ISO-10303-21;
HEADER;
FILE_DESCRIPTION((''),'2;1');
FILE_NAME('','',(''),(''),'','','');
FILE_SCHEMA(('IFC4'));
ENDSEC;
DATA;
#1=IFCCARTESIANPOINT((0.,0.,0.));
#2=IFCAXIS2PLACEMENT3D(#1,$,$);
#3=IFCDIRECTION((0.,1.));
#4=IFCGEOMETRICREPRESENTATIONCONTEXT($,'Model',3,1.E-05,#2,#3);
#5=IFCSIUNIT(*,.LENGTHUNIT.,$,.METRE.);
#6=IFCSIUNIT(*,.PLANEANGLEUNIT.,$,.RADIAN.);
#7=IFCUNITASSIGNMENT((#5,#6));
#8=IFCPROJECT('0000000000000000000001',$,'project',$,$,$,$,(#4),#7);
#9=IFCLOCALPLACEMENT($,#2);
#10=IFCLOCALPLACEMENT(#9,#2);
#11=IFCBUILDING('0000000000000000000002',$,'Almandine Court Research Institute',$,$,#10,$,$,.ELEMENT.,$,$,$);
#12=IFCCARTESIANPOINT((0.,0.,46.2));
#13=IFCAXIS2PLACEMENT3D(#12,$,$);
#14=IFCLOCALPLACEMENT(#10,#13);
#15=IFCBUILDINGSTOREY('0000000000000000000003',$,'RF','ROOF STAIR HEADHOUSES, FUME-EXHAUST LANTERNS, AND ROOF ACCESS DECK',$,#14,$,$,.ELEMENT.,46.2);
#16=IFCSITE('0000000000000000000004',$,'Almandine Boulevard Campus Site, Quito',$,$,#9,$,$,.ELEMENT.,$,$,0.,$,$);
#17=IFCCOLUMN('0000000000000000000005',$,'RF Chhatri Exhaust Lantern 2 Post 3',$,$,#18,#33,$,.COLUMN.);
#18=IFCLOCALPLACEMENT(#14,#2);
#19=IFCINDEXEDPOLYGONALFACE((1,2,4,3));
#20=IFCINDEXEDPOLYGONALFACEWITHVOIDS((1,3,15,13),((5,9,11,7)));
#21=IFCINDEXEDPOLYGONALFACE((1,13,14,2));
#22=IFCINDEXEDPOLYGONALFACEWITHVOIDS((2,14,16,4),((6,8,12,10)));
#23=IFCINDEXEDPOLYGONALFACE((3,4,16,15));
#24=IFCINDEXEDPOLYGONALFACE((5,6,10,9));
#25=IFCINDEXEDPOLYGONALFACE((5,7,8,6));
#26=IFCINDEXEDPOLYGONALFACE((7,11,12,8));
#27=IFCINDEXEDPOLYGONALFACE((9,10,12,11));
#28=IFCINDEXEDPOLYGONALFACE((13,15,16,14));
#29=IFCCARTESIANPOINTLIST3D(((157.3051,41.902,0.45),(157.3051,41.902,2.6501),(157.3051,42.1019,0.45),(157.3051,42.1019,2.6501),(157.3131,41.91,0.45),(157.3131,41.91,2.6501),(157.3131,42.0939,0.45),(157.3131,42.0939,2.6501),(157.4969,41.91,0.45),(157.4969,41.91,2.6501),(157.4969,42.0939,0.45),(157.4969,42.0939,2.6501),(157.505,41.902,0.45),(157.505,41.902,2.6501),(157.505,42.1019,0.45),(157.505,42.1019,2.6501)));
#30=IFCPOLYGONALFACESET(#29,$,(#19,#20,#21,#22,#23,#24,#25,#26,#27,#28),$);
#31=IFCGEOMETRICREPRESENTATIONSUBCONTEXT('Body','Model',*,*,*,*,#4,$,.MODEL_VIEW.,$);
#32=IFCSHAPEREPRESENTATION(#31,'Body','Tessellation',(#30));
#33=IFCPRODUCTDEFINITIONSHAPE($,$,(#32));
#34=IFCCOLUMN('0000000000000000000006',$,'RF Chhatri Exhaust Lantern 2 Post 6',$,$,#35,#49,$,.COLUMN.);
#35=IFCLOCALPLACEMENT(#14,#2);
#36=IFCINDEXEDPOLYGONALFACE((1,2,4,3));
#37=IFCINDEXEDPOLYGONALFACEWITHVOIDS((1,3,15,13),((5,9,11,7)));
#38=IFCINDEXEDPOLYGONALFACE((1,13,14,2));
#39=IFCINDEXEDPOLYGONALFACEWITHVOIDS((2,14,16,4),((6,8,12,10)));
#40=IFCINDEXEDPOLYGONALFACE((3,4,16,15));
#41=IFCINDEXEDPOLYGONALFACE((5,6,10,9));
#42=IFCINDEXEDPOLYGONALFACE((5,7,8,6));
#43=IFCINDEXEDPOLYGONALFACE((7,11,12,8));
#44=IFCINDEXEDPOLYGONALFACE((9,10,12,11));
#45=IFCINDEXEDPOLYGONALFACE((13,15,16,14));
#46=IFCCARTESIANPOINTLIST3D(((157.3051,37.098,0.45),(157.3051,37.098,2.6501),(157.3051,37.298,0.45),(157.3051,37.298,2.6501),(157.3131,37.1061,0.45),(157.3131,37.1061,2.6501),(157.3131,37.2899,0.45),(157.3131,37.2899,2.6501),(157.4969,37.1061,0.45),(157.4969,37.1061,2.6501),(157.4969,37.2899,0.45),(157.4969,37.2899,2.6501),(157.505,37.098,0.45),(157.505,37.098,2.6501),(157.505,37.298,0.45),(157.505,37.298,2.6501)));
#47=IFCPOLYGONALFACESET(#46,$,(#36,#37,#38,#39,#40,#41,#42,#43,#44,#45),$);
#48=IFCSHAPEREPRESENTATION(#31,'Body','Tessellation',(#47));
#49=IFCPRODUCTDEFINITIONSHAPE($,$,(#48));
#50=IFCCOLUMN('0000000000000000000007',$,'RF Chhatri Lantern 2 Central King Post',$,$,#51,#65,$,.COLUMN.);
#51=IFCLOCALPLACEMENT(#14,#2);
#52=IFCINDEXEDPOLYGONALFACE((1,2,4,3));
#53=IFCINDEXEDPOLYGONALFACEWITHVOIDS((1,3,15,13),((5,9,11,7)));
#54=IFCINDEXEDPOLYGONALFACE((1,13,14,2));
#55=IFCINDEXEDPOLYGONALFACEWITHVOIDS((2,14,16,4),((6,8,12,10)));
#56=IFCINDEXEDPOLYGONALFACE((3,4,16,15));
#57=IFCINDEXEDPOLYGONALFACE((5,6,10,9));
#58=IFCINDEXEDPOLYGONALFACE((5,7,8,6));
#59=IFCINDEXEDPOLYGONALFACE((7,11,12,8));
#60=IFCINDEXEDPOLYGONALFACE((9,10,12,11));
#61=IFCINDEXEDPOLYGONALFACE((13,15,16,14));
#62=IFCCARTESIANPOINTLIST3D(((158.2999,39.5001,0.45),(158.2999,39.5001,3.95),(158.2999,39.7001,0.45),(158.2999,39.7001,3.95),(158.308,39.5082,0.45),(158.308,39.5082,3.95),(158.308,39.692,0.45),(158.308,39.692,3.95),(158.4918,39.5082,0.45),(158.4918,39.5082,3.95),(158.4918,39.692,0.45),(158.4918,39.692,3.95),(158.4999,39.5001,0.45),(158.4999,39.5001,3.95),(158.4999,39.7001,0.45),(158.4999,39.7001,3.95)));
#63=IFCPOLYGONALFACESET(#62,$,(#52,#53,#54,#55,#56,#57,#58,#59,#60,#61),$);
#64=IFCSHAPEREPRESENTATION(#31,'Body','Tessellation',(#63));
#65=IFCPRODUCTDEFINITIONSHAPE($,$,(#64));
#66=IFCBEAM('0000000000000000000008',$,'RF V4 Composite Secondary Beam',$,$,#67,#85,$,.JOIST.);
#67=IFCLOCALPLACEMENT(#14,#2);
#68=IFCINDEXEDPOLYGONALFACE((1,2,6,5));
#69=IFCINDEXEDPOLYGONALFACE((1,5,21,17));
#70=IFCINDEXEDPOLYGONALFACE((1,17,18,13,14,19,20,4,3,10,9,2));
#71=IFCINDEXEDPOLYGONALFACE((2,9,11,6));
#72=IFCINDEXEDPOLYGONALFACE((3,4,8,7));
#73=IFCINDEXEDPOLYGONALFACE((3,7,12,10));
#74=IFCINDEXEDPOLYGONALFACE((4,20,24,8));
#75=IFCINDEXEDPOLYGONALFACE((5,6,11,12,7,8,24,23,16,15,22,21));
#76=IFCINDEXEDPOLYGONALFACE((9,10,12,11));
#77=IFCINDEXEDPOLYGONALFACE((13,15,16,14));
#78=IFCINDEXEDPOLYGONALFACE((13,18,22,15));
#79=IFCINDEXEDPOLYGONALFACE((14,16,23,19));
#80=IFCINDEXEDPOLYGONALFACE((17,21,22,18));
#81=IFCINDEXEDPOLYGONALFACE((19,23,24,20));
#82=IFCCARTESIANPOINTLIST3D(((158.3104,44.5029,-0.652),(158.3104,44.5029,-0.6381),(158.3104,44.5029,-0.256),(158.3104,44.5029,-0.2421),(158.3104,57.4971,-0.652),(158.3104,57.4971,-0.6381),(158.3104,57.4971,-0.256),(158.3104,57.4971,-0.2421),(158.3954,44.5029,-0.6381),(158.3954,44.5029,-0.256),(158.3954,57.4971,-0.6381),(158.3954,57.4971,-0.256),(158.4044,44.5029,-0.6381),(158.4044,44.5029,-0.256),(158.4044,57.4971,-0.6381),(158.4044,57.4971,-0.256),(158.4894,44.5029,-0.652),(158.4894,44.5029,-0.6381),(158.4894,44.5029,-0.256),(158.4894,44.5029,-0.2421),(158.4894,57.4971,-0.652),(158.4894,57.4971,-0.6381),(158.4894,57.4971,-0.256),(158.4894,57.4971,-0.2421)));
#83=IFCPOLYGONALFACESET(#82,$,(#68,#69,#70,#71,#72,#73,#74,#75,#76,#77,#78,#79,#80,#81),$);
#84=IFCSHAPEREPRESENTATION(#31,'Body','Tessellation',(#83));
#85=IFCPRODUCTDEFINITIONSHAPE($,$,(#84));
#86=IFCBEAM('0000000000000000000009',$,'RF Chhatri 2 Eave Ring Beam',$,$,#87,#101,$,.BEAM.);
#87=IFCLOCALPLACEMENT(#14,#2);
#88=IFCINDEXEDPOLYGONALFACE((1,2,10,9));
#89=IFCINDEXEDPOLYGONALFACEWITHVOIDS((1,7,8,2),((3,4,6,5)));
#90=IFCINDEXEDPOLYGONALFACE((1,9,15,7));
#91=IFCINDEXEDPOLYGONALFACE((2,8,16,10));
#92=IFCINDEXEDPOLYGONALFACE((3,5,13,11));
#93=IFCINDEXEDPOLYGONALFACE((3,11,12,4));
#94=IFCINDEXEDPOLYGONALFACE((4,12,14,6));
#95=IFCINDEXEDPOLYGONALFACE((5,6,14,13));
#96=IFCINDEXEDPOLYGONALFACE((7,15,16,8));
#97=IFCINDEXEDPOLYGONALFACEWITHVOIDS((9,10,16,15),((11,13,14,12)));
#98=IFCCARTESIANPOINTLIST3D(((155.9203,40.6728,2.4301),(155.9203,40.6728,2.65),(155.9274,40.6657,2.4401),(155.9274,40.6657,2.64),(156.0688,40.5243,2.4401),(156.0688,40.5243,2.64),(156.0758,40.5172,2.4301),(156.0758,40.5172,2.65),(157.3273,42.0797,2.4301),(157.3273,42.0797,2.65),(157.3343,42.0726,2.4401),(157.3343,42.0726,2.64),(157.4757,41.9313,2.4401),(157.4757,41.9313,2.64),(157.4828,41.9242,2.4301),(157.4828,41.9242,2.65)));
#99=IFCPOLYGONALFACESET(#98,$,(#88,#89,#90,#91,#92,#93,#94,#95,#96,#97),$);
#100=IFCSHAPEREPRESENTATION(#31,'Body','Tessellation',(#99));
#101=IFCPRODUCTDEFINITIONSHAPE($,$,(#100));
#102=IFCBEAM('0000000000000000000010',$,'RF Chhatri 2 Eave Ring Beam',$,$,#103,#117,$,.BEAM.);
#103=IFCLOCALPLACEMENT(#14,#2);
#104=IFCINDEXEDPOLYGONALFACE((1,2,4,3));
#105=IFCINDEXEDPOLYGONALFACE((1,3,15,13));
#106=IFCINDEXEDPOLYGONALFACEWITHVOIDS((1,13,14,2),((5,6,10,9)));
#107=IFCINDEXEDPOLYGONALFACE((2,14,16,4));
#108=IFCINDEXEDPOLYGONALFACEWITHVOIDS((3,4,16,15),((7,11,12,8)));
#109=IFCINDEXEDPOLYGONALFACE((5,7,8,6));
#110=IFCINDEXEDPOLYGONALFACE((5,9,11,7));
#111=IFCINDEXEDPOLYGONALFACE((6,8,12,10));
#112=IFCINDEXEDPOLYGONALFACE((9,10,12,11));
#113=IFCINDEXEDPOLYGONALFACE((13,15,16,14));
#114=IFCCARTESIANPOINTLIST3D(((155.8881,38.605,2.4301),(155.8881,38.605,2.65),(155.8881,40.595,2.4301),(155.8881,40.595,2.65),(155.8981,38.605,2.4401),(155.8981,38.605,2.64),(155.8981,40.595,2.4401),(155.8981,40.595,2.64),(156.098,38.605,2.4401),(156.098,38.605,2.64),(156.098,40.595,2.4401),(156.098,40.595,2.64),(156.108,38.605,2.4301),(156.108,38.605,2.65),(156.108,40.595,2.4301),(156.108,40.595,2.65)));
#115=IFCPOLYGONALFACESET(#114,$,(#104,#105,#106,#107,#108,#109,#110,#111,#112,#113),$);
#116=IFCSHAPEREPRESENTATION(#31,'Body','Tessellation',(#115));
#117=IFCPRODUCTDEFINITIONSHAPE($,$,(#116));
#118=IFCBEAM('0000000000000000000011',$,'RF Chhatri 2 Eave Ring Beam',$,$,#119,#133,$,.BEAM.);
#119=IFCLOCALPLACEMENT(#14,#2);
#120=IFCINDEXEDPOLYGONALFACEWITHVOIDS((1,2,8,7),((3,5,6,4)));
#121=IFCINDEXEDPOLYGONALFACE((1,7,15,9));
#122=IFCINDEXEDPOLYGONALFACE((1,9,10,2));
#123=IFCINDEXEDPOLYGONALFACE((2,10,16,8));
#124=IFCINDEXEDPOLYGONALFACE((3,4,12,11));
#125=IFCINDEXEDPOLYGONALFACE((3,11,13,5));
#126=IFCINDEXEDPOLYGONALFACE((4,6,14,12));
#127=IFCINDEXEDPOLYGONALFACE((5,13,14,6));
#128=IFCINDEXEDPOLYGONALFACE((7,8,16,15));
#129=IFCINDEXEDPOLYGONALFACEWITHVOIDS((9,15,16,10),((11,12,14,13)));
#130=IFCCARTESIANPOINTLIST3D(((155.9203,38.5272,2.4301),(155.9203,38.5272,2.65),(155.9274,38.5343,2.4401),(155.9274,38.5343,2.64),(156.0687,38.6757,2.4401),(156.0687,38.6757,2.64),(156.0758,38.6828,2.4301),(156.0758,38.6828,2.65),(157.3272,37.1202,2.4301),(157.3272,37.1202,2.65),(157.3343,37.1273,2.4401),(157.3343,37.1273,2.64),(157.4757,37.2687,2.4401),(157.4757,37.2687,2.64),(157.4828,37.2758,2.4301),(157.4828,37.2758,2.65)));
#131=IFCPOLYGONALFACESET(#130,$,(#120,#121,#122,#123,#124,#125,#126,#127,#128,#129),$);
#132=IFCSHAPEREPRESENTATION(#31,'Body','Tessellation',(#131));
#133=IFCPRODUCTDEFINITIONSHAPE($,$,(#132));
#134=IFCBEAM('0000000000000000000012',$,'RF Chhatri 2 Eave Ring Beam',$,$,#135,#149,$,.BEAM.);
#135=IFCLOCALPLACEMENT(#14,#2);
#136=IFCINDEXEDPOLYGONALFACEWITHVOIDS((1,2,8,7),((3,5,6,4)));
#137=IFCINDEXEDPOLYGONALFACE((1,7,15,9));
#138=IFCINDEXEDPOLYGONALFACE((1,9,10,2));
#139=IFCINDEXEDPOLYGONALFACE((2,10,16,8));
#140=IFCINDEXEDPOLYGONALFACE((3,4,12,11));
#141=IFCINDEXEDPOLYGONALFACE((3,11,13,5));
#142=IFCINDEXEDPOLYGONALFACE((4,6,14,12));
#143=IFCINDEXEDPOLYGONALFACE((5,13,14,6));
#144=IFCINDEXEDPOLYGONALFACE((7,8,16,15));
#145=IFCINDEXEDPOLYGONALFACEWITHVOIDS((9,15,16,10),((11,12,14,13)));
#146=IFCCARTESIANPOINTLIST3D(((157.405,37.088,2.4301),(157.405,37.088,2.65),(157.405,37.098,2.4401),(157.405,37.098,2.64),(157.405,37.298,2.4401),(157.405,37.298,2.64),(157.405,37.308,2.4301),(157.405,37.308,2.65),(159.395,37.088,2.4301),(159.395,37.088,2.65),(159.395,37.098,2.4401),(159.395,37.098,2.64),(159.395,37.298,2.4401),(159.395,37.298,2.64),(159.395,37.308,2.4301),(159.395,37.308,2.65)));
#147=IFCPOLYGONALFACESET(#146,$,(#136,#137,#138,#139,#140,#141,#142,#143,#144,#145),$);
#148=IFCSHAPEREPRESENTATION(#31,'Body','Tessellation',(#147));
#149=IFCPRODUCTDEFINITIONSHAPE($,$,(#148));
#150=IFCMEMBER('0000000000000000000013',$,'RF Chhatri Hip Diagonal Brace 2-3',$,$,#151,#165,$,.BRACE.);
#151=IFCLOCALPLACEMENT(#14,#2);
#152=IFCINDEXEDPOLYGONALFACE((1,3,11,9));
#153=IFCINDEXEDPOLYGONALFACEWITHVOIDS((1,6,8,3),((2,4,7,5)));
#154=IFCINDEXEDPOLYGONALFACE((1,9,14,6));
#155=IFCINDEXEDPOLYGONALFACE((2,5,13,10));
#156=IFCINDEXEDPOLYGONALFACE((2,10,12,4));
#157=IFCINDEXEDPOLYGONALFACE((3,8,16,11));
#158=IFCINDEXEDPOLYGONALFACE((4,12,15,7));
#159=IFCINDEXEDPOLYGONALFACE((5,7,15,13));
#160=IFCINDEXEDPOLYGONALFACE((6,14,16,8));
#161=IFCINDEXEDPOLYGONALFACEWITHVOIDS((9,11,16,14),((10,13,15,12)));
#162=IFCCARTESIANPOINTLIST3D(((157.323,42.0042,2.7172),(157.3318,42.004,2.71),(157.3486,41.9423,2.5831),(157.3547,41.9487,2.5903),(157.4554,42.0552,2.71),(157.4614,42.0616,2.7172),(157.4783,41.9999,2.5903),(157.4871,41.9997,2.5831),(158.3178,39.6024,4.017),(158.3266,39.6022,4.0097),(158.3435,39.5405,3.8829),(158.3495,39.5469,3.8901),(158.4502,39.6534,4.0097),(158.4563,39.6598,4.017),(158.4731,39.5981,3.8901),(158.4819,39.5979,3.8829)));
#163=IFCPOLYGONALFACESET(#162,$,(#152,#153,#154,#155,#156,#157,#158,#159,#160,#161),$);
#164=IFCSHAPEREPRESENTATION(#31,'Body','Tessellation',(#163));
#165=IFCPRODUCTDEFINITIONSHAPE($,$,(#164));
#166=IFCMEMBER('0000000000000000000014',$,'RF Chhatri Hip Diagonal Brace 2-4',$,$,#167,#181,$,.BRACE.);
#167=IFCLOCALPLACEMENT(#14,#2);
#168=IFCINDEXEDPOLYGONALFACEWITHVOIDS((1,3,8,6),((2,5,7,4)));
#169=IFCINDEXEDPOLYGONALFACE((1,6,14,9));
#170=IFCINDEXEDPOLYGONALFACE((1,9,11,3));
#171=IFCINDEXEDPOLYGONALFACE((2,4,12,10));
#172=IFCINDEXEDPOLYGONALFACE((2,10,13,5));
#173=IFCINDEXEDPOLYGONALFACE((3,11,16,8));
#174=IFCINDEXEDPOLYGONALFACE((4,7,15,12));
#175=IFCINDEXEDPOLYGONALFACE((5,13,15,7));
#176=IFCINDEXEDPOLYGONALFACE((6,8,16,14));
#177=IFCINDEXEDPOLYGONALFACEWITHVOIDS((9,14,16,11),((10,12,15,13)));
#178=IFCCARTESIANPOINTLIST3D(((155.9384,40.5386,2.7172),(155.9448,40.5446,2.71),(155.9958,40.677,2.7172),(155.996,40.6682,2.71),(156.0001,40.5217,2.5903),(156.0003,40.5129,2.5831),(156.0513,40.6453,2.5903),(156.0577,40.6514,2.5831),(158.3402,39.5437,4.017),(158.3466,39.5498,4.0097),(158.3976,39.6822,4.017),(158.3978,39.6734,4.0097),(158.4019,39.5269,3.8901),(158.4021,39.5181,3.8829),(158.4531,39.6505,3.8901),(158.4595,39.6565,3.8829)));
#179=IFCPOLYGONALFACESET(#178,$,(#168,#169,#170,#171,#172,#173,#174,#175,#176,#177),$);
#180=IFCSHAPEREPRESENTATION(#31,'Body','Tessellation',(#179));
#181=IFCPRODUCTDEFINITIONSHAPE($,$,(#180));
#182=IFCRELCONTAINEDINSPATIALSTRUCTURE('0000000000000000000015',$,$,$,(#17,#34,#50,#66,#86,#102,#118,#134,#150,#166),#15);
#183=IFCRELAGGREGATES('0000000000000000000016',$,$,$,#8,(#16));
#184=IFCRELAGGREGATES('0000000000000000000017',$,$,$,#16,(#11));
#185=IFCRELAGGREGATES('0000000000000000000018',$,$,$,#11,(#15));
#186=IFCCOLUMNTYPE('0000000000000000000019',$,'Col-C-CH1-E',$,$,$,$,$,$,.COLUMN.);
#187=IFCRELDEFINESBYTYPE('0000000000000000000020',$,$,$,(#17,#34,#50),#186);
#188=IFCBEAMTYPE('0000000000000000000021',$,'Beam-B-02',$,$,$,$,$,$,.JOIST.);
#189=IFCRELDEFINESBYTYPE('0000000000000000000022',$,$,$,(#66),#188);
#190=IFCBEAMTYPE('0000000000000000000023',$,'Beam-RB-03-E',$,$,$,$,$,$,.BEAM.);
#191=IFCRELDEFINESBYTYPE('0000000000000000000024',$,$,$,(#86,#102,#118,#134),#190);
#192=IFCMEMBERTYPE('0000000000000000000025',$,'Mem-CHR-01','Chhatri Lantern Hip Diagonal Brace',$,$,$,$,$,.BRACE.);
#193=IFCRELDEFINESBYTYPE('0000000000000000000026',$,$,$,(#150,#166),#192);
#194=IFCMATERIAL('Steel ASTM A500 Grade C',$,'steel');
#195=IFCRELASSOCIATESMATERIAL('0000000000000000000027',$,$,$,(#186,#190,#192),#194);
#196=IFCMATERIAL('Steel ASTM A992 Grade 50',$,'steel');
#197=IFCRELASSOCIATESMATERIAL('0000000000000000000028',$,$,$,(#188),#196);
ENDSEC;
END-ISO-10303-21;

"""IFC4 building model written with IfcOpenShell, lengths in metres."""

from ifc_helpers import new_model, si_unit, direction, frame, origin, origin_2d, place, context, subcontext, project, spatial, hollow_rectangle, i_section, extrude, material, material_profile, profile_set, type_object, element, save


model = new_model("IFC4")

# Units and contexts
model_context = context("Model", 3, precision=1e-05, world=origin(), true_north=direction((0.0, 1.0)))
body_context = subcontext(model_context, "Body", "Model", "MODEL_VIEW")
ifc_project = project(units=[si_unit("LENGTHUNIT", "METRE"), si_unit("PLANEANGLEUNIT", "RADIAN")], contexts=[model_context])

# Site, building, storey
site_placement = place(None, origin())
site = spatial("IfcSite", under=ifc_project, at=site_placement, Name="Almandine Boulevard Campus Site, Quito", CompositionType="ELEMENT", RefElevation=0.0)
building_placement = place(site_placement, origin())
building = spatial("IfcBuilding", under=site, at=building_placement, Name="Almandine Court Research Institute", CompositionType="ELEMENT")
storey_placement = place(building_placement, frame((0.0, 0.0, 46.2)))
storey = spatial("IfcBuildingStorey", under=building, at=storey_placement, Name="RF", Description="ROOF STAIR HEADHOUSES, FUME-EXHAUST LANTERNS, AND ROOF ACCESS DECK", CompositionType="ELEMENT", Elevation=46.2)

# Columns
ifc_material_1 = material(Name="Steel ASTM A500 Grade C", Category="steel")
ifc_material_profile_1 = material_profile(ifc_material_1, hollow_rectangle(XDim=0.2, YDim=0.2, WallThickness=0.0081, at=origin_2d()), Name="HSS 200x200x8")
ifc_profile_set_1 = profile_set([ifc_material_profile_1], Name="Steel ASTM A500 Grade C")
column_type = type_object("IfcColumnType", Name="Col-C-CH1-E", PredefinedType="COLUMN", material=ifc_profile_set_1)
for number, where, z_axis, x_axis, name in (
    (1, (157.405, 42.002, 0.45), (0.0, 0.0, 1.0), (1.0, 0.0, 0.0), "RF Chhatri Exhaust Lantern 2 Post 3"),
    (2, (157.405, 37.198, 0.45), (0.0, 0.0, 1.0), (1.0, 0.0, 0.0), "RF Chhatri Exhaust Lantern 2 Post 6"),
):
    element("IfcColumn", number, at=place(storey_placement, frame(where, z_axis=z_axis, x_axis=x_axis)), inside=storey, type_object=column_type, Name=name, PredefinedType="COLUMN", context=body_context, shape_type="SweptSolid", body=[
        extrude(hollow_rectangle(XDim=0.2, YDim=0.2, WallThickness=0.0081, at=origin_2d()), origin(), (0.0, 0.0, 1.0), 2.2002),
    ])
column_placement = place(storey_placement, frame((158.3999, 39.6001, 0.45), z_axis=(0.0, 0.0, 1.0), x_axis=(1.0, 0.0, 0.0)))
element("IfcColumn", 3, at=column_placement, inside=storey, type_object=column_type, Name="RF Chhatri Lantern 2 Central King Post", PredefinedType="COLUMN", context=body_context, shape_type="SweptSolid", body=[
    extrude(hollow_rectangle(XDim=0.2, YDim=0.2, WallThickness=0.0081, at=origin_2d()), origin(), (0.0, 0.0, 1.0), 3.5),
])

# Beams
ifc_material_2 = material(Name="Steel ASTM A992 Grade 50", Category="steel")
ifc_material_profile_2 = material_profile(ifc_material_2, i_section(OverallWidth=0.179, OverallDepth=0.4099, WebThickness=0.009, FlangeThickness=0.0139, at=origin_2d()), Name="W410x67")
ifc_profile_set_2 = profile_set([ifc_material_profile_2], Name="Steel ASTM A992 Grade 50")
beam_type_1 = type_object("IfcBeamType", Name="Beam-B-02", PredefinedType="JOIST", material=ifc_profile_set_2)
beam_1_placement = place(storey_placement, frame((158.3999, 44.5029, -0.447), z_axis=(0.0, 1.0, 0.0), x_axis=(-1.0, 0.0, 0.0)))
element("IfcBeam", 4, at=beam_1_placement, inside=storey, type_object=beam_type_1, Name="RF V4 Composite Secondary Beam", PredefinedType="JOIST", context=body_context, shape_type="SweptSolid", body=[
    extrude(i_section(OverallWidth=0.179, OverallDepth=0.4099, WebThickness=0.009, FlangeThickness=0.0139, at=origin_2d()), origin(), (0.0, 0.0, 1.0), 12.9941),
])
ifc_material_profile_3 = material_profile(ifc_material_1, hollow_rectangle(XDim=0.22, YDim=0.22, WallThickness=0.01, at=origin_2d()), Name="HSS 220x220x10")
ifc_profile_set_3 = profile_set([ifc_material_profile_3], Name="Steel ASTM A500 Grade C")
beam_type_2 = type_object("IfcBeamType", Name="Beam-RB-03-E", PredefinedType="BEAM", material=ifc_profile_set_3)
beam_2_placement = place(storey_placement, frame((157.405, 42.002, 2.54), z_axis=(-0.707107, -0.707107, 0.0), x_axis=(0.707107, -0.707107, 0.0)))
element("IfcBeam", 5, at=beam_2_placement, inside=storey, type_object=beam_type_2, Name="RF Chhatri 2 Eave Ring Beam", PredefinedType="BEAM", context=body_context, shape_type="SweptSolid", body=[
    extrude(hollow_rectangle(XDim=0.22, YDim=0.22, WallThickness=0.01, at=origin_2d()), origin(), (0.0, 0.0, 1.0), 1.9897),
])
beam_3_placement = place(storey_placement, frame((155.998, 40.595, 2.54), z_axis=(0.0, -1.0, 0.0), x_axis=(1.0, 0.0, 0.0)))
element("IfcBeam", 6, at=beam_3_placement, inside=storey, type_object=beam_type_2, Name="RF Chhatri 2 Eave Ring Beam", PredefinedType="BEAM", context=body_context, shape_type="SweptSolid", body=[
    extrude(hollow_rectangle(XDim=0.22, YDim=0.22, WallThickness=0.01, at=origin_2d()), origin(), (0.0, 0.0, 1.0), 1.99),
])
beam_4_placement = place(storey_placement, frame((155.998, 38.605, 2.54), z_axis=(0.707107, -0.707107, 0.0), x_axis=(0.707107, 0.707107, 0.0)))
element("IfcBeam", 7, at=beam_4_placement, inside=storey, type_object=beam_type_2, Name="RF Chhatri 2 Eave Ring Beam", PredefinedType="BEAM", context=body_context, shape_type="SweptSolid", body=[
    extrude(hollow_rectangle(XDim=0.22, YDim=0.22, WallThickness=0.01, at=origin_2d()), origin(), (0.0, 0.0, 1.0), 1.9897),
])
beam_5_placement = place(storey_placement, frame((157.405, 37.198, 2.54), z_axis=(1.0, 0.0, 0.0), x_axis=(0.0, 1.0, 0.0)))
element("IfcBeam", 8, at=beam_5_placement, inside=storey, type_object=beam_type_2, Name="RF Chhatri 2 Eave Ring Beam", PredefinedType="BEAM", context=body_context, shape_type="SweptSolid", body=[
    extrude(hollow_rectangle(XDim=0.22, YDim=0.22, WallThickness=0.01, at=origin_2d()), origin(), (0.0, 0.0, 1.0), 1.99),
])

# Members
ifc_material_profile_4 = material_profile(ifc_material_1, hollow_rectangle(XDim=0.1499, YDim=0.1499, WallThickness=0.0081, at=origin_2d()), Name="HSS 150x150x8")
ifc_profile_set_4 = profile_set([ifc_material_profile_4], Name="Steel ASTM A500 Grade C")
member_type = type_object("IfcMemberType", Name="Mem-CHR-01", Description="Chhatri Lantern Hip Diagonal Brace", PredefinedType="BRACE", material=ifc_profile_set_4)
for number, where, z_axis, x_axis, name in (
    (9, (157.405, 42.002, 2.6501), (0.342284, -0.826353, 0.447195), (0.923881, 0.382681, 0.0), "RF Chhatri Hip Diagonal Brace 2-3"),
    (10, (155.998, 40.595, 2.6501), (0.826353, -0.342284, 0.447195), (0.382681, 0.923881, 0.0), "RF Chhatri Hip Diagonal Brace 2-4"),
):
    element("IfcMember", number, at=place(storey_placement, frame(where, z_axis=z_axis, x_axis=x_axis)), inside=storey, type_object=member_type, Name=name, PredefinedType="BRACE", context=body_context, shape_type="SweptSolid", body=[
        extrude(hollow_rectangle(XDim=0.1499, YDim=0.1499, WallThickness=0.0081, at=origin_2d()), origin(), (0.0, 0.0, 1.0), 2.9065),
    ])

save(model, "model.ifc")
